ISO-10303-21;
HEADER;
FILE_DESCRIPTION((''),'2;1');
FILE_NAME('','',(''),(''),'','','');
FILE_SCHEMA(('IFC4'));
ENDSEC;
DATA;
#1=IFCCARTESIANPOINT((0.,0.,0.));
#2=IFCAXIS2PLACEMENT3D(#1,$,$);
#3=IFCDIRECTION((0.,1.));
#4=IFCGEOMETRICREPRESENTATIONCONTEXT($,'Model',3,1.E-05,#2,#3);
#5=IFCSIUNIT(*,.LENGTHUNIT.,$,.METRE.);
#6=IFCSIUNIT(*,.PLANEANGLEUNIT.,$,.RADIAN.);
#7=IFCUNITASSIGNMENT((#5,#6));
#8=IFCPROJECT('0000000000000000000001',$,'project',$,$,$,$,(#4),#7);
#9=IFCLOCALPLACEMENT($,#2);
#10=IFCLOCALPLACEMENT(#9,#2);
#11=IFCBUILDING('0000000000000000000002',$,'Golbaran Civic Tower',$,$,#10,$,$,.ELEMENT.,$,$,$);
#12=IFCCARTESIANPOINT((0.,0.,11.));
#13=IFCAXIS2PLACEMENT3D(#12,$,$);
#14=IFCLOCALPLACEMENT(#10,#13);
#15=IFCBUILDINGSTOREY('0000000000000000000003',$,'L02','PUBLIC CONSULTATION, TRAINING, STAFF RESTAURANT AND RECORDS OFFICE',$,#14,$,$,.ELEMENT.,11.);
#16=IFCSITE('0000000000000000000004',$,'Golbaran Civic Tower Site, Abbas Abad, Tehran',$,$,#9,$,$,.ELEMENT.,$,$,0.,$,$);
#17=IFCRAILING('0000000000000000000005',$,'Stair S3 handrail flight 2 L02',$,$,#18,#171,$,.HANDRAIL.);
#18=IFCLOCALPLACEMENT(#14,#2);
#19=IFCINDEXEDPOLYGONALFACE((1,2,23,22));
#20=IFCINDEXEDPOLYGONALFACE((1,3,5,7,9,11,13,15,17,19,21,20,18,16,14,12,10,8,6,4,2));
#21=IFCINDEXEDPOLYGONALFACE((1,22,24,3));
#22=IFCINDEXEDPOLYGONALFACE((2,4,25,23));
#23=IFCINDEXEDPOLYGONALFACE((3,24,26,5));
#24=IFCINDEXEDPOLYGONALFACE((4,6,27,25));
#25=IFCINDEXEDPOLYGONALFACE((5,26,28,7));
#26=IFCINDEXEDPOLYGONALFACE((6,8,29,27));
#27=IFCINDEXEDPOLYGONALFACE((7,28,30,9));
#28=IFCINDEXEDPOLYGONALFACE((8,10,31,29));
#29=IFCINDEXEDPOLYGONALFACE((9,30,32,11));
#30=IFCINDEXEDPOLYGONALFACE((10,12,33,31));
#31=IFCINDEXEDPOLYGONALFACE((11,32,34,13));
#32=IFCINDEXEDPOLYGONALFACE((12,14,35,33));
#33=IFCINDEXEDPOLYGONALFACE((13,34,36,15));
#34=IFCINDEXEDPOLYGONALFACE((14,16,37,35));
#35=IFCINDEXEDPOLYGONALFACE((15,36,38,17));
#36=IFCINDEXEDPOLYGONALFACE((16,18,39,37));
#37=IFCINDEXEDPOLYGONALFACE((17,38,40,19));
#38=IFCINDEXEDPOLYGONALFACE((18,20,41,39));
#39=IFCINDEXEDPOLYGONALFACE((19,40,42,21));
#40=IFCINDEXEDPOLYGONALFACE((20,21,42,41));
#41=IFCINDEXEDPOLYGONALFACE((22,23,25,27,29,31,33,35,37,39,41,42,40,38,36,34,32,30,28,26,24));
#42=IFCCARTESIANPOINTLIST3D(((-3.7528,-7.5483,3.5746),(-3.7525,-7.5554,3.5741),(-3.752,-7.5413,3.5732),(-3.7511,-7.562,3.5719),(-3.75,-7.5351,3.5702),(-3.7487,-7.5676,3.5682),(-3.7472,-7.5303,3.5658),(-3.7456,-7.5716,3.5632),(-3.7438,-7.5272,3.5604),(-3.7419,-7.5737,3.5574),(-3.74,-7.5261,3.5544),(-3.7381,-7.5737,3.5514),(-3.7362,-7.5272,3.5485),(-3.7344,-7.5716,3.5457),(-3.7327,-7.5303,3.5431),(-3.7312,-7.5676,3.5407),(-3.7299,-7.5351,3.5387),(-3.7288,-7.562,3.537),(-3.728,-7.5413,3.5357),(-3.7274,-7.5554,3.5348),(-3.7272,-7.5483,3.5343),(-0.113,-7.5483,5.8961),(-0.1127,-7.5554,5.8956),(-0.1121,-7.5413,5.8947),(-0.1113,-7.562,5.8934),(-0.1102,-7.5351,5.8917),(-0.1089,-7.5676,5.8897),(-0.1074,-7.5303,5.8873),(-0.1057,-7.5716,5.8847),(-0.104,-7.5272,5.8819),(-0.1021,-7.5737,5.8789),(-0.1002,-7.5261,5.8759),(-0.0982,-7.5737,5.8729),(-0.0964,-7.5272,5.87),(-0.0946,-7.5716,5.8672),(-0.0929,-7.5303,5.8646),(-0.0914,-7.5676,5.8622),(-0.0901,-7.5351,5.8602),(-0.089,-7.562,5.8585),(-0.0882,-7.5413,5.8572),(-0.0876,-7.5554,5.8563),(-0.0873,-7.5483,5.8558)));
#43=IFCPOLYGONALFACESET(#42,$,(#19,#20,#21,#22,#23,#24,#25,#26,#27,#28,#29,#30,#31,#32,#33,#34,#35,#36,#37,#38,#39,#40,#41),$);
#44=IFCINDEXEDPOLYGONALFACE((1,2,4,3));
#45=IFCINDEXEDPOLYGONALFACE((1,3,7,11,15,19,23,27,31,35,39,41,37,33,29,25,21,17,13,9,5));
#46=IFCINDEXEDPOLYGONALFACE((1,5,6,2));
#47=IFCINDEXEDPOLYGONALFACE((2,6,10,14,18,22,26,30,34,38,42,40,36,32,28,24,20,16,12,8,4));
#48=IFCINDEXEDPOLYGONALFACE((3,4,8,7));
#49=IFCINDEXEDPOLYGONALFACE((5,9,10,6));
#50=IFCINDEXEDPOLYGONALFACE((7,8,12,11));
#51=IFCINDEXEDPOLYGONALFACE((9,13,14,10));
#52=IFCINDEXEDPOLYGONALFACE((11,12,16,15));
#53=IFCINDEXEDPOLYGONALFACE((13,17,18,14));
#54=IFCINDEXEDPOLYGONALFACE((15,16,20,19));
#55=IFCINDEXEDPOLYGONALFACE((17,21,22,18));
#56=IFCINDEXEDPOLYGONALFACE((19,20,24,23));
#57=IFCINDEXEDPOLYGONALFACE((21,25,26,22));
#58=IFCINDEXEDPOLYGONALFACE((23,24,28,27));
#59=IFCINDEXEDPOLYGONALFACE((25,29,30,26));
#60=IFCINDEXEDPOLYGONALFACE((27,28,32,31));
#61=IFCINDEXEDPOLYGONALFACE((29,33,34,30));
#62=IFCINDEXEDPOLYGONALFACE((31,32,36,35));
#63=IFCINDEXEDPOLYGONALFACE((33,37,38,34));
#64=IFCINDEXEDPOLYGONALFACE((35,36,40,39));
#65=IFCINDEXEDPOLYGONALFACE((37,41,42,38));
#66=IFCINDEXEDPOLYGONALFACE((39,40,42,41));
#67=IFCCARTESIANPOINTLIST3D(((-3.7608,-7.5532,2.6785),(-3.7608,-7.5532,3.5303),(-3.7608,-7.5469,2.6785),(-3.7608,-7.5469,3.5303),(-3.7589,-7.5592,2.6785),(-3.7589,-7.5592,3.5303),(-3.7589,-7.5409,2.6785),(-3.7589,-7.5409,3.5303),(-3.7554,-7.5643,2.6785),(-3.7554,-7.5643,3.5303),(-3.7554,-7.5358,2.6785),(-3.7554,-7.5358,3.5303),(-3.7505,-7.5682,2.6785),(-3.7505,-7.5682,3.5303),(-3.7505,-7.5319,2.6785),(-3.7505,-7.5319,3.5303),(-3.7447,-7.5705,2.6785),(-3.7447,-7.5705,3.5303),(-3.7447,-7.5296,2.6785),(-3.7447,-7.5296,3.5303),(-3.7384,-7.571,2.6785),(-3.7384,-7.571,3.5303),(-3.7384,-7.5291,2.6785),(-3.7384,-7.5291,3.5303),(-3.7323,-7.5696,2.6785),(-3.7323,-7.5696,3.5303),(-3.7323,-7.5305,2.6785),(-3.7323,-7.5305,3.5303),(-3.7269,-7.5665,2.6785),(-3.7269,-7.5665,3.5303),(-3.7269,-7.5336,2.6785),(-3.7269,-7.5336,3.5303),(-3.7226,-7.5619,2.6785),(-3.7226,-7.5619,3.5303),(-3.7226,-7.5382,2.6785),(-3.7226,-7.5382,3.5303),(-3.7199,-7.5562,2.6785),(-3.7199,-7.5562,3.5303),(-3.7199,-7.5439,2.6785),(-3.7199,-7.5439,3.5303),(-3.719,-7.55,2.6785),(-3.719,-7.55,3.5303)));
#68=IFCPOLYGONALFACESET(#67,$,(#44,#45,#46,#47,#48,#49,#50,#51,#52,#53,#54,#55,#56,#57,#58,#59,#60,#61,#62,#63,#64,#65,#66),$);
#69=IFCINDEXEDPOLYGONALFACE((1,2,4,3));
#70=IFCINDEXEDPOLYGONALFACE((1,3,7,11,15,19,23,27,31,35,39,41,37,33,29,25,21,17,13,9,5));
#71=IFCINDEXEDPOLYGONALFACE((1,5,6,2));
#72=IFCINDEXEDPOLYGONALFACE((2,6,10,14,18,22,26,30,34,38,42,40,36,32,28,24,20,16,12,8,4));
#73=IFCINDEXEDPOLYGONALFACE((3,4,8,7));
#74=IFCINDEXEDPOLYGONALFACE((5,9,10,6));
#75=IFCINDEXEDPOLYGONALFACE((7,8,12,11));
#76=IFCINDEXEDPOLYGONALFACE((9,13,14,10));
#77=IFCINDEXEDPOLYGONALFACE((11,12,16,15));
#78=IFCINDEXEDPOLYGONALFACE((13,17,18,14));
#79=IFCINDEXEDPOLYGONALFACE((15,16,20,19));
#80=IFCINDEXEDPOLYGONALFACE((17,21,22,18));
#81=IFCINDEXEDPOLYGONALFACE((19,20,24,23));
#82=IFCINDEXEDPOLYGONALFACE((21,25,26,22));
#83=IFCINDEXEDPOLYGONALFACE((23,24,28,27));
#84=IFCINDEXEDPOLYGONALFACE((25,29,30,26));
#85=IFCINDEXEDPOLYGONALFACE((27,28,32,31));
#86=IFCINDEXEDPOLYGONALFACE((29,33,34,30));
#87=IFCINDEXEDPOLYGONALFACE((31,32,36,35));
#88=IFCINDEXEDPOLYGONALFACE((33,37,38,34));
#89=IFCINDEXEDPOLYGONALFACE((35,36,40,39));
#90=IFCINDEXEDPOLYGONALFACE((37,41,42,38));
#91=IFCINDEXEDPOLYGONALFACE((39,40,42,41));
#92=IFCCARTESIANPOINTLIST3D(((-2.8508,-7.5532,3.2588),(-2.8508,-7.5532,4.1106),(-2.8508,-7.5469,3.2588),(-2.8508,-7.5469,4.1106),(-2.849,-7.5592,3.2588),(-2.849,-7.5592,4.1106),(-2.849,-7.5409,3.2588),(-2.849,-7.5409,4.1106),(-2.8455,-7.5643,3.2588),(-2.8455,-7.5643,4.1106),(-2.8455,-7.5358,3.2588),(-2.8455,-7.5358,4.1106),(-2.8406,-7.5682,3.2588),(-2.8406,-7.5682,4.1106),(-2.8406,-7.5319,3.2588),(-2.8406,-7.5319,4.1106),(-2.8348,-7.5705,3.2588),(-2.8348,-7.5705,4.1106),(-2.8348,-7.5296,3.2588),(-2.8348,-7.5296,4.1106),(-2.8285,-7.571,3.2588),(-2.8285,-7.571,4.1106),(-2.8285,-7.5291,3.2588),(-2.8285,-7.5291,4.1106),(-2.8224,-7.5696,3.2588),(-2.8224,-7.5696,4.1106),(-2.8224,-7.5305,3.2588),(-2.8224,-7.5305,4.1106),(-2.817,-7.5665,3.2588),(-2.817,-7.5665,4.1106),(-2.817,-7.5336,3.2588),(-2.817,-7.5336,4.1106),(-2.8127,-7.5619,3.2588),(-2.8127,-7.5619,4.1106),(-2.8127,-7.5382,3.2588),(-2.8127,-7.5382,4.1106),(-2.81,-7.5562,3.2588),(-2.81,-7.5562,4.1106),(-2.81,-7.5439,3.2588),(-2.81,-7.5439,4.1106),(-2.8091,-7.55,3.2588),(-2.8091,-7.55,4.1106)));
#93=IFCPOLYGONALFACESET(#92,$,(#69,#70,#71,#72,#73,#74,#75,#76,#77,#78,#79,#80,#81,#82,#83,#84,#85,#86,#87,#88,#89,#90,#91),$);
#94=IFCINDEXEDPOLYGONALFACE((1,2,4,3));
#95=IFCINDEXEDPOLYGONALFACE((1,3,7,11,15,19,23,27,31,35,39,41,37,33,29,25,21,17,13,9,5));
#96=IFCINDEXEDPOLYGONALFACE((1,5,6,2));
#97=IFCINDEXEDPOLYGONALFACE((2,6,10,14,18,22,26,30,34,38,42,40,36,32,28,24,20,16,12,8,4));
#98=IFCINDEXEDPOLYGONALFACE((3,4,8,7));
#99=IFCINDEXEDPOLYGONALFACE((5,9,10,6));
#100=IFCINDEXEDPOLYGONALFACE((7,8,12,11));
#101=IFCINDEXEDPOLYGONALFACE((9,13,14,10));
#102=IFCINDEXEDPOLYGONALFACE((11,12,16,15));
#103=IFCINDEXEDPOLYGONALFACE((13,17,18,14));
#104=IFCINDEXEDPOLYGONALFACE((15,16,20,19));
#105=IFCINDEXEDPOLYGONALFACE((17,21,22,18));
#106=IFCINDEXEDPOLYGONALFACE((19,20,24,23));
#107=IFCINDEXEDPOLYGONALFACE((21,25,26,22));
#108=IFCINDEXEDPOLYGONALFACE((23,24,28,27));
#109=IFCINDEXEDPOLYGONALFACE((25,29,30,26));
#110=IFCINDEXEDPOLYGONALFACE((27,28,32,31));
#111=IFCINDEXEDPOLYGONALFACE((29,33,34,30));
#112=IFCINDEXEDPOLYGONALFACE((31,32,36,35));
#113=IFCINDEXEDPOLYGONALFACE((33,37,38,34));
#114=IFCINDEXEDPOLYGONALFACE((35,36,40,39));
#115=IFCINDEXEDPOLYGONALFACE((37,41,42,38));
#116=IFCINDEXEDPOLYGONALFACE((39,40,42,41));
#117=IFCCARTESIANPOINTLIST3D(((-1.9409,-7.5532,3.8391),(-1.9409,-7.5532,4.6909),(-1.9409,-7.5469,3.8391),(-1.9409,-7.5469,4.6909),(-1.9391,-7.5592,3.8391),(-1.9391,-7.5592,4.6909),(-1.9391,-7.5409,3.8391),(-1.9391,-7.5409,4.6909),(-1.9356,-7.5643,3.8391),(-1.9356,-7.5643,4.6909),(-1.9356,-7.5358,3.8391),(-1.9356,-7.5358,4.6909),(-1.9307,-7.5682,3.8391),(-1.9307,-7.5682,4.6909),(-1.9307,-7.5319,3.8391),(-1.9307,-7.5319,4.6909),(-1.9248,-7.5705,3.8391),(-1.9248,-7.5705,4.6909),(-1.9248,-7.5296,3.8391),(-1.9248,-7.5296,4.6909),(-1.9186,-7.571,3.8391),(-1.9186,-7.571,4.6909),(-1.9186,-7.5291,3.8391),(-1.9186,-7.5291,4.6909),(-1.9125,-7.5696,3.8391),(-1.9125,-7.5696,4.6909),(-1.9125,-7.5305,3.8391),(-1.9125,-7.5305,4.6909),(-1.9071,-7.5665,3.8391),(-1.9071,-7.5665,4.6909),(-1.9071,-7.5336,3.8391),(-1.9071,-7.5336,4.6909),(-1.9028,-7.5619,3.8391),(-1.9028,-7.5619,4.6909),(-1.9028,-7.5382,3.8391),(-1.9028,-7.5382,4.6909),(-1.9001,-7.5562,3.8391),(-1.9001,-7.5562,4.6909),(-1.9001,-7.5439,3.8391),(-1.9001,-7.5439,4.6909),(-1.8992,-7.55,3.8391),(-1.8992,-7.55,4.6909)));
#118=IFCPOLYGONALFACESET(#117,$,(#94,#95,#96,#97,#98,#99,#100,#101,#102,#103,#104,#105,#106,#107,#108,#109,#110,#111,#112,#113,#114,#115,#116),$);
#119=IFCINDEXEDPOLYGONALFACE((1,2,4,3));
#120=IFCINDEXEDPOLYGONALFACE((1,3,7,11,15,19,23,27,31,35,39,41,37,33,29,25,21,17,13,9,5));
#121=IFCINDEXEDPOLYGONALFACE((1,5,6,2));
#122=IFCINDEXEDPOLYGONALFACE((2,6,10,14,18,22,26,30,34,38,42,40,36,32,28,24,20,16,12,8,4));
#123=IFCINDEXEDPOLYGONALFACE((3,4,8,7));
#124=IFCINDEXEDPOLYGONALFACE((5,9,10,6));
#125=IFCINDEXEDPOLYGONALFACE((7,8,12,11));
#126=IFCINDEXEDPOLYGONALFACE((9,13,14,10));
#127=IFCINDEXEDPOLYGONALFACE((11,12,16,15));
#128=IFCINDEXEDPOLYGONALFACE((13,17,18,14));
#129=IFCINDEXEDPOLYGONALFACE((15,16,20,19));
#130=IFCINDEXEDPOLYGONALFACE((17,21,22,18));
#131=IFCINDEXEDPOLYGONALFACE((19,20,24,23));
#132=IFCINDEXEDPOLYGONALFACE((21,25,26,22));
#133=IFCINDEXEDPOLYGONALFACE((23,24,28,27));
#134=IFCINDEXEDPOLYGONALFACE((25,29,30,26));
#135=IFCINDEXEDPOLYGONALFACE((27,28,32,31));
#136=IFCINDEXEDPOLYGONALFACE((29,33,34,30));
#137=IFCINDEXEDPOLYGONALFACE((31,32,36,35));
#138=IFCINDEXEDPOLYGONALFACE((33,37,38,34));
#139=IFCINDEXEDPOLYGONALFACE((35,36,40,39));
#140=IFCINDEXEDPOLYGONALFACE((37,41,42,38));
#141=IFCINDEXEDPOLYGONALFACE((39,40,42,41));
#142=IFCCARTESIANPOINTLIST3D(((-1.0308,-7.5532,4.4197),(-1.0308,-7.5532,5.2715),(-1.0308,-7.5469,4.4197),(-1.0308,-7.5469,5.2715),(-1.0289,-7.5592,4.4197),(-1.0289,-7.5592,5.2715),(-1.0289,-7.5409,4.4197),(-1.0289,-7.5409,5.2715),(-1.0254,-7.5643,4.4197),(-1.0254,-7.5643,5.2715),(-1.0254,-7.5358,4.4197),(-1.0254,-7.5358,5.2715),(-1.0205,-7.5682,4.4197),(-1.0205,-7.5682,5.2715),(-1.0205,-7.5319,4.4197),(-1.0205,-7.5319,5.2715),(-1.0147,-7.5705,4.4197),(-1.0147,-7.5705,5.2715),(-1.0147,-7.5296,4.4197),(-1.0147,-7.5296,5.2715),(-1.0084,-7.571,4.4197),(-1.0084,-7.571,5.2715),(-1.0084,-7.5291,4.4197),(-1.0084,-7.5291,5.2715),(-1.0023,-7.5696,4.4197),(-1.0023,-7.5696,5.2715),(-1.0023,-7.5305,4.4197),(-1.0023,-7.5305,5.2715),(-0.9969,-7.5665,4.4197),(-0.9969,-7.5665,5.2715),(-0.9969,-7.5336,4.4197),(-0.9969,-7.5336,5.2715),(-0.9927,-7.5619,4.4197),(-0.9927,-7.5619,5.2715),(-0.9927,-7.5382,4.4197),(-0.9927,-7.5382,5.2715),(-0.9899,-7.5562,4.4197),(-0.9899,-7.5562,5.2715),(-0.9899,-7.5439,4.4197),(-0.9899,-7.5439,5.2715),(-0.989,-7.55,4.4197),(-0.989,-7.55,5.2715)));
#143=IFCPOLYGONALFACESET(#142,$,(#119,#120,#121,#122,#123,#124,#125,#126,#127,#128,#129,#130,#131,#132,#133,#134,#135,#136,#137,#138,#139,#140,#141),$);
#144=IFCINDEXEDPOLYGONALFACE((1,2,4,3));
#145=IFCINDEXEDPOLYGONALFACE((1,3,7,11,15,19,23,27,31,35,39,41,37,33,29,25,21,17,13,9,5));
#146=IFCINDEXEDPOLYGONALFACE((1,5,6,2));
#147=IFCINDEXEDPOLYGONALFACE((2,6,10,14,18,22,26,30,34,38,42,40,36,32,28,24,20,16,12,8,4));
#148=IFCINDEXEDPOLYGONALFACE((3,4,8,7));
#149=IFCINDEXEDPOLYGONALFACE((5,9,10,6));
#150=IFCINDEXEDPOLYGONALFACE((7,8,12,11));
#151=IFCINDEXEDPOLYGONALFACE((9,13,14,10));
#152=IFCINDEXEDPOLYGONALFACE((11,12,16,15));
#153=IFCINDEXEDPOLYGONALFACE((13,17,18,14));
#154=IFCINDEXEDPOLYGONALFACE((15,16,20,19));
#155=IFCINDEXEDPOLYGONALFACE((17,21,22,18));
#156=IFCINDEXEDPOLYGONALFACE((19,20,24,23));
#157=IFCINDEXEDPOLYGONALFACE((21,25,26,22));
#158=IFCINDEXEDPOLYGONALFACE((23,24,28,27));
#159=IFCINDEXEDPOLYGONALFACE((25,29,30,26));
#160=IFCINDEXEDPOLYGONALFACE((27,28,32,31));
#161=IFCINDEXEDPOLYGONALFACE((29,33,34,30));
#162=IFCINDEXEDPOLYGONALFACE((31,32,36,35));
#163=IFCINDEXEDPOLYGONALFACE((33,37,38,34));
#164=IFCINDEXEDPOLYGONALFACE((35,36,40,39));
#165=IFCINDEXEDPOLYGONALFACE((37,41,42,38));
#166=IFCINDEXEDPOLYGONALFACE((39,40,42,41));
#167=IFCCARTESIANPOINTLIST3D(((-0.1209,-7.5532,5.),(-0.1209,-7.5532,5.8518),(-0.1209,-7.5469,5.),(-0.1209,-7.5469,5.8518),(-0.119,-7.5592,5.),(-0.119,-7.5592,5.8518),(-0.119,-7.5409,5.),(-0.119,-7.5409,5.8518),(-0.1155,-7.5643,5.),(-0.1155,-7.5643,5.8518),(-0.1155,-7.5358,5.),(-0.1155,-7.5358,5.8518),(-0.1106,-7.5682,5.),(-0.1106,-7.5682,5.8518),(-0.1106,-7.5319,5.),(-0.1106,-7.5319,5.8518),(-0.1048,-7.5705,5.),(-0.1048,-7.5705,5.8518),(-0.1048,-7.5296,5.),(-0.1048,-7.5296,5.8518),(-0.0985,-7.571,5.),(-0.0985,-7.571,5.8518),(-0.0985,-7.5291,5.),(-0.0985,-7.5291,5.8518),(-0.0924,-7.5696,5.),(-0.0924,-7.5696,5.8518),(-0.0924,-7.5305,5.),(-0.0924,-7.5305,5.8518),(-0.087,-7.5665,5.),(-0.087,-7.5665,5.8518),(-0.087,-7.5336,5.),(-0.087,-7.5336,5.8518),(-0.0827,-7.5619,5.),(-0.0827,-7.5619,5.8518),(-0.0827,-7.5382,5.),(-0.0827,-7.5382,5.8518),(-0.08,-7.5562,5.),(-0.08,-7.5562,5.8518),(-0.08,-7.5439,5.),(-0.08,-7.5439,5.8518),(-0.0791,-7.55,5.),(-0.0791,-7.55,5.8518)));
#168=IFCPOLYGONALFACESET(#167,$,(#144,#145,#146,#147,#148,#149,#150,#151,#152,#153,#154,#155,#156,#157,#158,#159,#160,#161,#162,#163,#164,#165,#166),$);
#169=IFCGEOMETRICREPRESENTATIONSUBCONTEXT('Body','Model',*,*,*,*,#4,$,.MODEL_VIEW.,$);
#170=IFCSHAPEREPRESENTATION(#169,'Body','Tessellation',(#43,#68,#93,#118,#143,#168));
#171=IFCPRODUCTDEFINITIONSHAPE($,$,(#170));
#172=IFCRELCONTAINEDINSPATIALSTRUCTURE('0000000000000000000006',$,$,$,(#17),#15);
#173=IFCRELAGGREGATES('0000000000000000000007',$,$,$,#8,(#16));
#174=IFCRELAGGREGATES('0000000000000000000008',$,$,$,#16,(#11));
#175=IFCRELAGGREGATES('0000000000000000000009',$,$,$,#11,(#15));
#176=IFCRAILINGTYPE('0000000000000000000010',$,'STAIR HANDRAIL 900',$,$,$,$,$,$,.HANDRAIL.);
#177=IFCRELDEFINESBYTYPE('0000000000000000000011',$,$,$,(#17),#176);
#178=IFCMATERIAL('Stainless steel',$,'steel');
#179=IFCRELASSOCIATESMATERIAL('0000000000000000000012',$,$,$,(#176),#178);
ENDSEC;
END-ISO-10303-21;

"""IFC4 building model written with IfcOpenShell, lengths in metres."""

from ifc_helpers import new_model, si_unit, direction, frame, origin, origin_2d, place, context, subcontext, project, spatial, circle, extrude, material, type_object, element, save


model = new_model("IFC4")

# Units and contexts
model_context = context("Model", 3, precision=1e-05, world=origin(), true_north=direction((0.0, 1.0)))
body_context = subcontext(model_context, "Body", "Model", "MODEL_VIEW")
ifc_project = project(units=[si_unit("LENGTHUNIT", "METRE"), si_unit("PLANEANGLEUNIT", "RADIAN")], contexts=[model_context])

# Site, building, storey
site_placement = place(None, origin())
site = spatial("IfcSite", under=ifc_project, at=site_placement, Name="Golbaran Civic Tower Site, Abbas Abad, Tehran", CompositionType="ELEMENT", RefElevation=0.0)
building_placement = place(site_placement, origin())
building = spatial("IfcBuilding", under=site, at=building_placement, Name="Golbaran Civic Tower", CompositionType="ELEMENT")
storey_placement = place(building_placement, frame((0.0, 0.0, 11.0)))
storey = spatial("IfcBuildingStorey", under=building, at=storey_placement, Name="L02", Description="PUBLIC CONSULTATION, TRAINING, STAFF RESTAURANT AND RECORDS OFFICE", CompositionType="ELEMENT", Elevation=11.0)

# Shared definitions
ifc_material_1 = material(Name="Stainless steel", Category="steel")

# Railing
railing_type = type_object("IfcRailingType", Name="STAIR HANDRAIL 900", PredefinedType="HANDRAIL", material=ifc_material_1)
railing_1_placement = place(storey_placement, frame((-3.74, -7.55, 2.6785)))
element("IfcRailing", 1, at=railing_1_placement, inside=storey, type_object=railing_type, Name="Stair S3 handrail flight 2 L02", PredefinedType="HANDRAIL", context=body_context, shape_type="SweptSolid", body=[
    extrude(circle(Radius=0.0239, at=origin_2d()), frame((0.0, 0.0, 0.876), z_axis=(0.843112, 0.0, 0.537739), x_axis=(0.0, 1.0, 0.0)), (0.0, 0.0, 1.0), 4.3171),
    extrude(circle(Radius=0.021, at=origin_2d()), origin(), (0.0, 0.0, 1.0), 0.8518),
    extrude(circle(Radius=0.021, at=origin_2d()), frame((0.9099, 0.0, 0.5803)), (0.0, 0.0, 1.0), 0.8518),
    extrude(circle(Radius=0.021, at=origin_2d()), frame((1.8198, 0.0, 1.1606)), (0.0, 0.0, 1.0), 0.8518),
    extrude(circle(Radius=0.021, at=origin_2d()), frame((2.73, 0.0, 1.7412)), (0.0, 0.0, 1.0), 0.8518),
    extrude(circle(Radius=0.021, at=origin_2d()), frame((3.6399, 0.0, 2.3215)), (0.0, 0.0, 1.0), 0.8518),
])

save(model, "model.ifc")
